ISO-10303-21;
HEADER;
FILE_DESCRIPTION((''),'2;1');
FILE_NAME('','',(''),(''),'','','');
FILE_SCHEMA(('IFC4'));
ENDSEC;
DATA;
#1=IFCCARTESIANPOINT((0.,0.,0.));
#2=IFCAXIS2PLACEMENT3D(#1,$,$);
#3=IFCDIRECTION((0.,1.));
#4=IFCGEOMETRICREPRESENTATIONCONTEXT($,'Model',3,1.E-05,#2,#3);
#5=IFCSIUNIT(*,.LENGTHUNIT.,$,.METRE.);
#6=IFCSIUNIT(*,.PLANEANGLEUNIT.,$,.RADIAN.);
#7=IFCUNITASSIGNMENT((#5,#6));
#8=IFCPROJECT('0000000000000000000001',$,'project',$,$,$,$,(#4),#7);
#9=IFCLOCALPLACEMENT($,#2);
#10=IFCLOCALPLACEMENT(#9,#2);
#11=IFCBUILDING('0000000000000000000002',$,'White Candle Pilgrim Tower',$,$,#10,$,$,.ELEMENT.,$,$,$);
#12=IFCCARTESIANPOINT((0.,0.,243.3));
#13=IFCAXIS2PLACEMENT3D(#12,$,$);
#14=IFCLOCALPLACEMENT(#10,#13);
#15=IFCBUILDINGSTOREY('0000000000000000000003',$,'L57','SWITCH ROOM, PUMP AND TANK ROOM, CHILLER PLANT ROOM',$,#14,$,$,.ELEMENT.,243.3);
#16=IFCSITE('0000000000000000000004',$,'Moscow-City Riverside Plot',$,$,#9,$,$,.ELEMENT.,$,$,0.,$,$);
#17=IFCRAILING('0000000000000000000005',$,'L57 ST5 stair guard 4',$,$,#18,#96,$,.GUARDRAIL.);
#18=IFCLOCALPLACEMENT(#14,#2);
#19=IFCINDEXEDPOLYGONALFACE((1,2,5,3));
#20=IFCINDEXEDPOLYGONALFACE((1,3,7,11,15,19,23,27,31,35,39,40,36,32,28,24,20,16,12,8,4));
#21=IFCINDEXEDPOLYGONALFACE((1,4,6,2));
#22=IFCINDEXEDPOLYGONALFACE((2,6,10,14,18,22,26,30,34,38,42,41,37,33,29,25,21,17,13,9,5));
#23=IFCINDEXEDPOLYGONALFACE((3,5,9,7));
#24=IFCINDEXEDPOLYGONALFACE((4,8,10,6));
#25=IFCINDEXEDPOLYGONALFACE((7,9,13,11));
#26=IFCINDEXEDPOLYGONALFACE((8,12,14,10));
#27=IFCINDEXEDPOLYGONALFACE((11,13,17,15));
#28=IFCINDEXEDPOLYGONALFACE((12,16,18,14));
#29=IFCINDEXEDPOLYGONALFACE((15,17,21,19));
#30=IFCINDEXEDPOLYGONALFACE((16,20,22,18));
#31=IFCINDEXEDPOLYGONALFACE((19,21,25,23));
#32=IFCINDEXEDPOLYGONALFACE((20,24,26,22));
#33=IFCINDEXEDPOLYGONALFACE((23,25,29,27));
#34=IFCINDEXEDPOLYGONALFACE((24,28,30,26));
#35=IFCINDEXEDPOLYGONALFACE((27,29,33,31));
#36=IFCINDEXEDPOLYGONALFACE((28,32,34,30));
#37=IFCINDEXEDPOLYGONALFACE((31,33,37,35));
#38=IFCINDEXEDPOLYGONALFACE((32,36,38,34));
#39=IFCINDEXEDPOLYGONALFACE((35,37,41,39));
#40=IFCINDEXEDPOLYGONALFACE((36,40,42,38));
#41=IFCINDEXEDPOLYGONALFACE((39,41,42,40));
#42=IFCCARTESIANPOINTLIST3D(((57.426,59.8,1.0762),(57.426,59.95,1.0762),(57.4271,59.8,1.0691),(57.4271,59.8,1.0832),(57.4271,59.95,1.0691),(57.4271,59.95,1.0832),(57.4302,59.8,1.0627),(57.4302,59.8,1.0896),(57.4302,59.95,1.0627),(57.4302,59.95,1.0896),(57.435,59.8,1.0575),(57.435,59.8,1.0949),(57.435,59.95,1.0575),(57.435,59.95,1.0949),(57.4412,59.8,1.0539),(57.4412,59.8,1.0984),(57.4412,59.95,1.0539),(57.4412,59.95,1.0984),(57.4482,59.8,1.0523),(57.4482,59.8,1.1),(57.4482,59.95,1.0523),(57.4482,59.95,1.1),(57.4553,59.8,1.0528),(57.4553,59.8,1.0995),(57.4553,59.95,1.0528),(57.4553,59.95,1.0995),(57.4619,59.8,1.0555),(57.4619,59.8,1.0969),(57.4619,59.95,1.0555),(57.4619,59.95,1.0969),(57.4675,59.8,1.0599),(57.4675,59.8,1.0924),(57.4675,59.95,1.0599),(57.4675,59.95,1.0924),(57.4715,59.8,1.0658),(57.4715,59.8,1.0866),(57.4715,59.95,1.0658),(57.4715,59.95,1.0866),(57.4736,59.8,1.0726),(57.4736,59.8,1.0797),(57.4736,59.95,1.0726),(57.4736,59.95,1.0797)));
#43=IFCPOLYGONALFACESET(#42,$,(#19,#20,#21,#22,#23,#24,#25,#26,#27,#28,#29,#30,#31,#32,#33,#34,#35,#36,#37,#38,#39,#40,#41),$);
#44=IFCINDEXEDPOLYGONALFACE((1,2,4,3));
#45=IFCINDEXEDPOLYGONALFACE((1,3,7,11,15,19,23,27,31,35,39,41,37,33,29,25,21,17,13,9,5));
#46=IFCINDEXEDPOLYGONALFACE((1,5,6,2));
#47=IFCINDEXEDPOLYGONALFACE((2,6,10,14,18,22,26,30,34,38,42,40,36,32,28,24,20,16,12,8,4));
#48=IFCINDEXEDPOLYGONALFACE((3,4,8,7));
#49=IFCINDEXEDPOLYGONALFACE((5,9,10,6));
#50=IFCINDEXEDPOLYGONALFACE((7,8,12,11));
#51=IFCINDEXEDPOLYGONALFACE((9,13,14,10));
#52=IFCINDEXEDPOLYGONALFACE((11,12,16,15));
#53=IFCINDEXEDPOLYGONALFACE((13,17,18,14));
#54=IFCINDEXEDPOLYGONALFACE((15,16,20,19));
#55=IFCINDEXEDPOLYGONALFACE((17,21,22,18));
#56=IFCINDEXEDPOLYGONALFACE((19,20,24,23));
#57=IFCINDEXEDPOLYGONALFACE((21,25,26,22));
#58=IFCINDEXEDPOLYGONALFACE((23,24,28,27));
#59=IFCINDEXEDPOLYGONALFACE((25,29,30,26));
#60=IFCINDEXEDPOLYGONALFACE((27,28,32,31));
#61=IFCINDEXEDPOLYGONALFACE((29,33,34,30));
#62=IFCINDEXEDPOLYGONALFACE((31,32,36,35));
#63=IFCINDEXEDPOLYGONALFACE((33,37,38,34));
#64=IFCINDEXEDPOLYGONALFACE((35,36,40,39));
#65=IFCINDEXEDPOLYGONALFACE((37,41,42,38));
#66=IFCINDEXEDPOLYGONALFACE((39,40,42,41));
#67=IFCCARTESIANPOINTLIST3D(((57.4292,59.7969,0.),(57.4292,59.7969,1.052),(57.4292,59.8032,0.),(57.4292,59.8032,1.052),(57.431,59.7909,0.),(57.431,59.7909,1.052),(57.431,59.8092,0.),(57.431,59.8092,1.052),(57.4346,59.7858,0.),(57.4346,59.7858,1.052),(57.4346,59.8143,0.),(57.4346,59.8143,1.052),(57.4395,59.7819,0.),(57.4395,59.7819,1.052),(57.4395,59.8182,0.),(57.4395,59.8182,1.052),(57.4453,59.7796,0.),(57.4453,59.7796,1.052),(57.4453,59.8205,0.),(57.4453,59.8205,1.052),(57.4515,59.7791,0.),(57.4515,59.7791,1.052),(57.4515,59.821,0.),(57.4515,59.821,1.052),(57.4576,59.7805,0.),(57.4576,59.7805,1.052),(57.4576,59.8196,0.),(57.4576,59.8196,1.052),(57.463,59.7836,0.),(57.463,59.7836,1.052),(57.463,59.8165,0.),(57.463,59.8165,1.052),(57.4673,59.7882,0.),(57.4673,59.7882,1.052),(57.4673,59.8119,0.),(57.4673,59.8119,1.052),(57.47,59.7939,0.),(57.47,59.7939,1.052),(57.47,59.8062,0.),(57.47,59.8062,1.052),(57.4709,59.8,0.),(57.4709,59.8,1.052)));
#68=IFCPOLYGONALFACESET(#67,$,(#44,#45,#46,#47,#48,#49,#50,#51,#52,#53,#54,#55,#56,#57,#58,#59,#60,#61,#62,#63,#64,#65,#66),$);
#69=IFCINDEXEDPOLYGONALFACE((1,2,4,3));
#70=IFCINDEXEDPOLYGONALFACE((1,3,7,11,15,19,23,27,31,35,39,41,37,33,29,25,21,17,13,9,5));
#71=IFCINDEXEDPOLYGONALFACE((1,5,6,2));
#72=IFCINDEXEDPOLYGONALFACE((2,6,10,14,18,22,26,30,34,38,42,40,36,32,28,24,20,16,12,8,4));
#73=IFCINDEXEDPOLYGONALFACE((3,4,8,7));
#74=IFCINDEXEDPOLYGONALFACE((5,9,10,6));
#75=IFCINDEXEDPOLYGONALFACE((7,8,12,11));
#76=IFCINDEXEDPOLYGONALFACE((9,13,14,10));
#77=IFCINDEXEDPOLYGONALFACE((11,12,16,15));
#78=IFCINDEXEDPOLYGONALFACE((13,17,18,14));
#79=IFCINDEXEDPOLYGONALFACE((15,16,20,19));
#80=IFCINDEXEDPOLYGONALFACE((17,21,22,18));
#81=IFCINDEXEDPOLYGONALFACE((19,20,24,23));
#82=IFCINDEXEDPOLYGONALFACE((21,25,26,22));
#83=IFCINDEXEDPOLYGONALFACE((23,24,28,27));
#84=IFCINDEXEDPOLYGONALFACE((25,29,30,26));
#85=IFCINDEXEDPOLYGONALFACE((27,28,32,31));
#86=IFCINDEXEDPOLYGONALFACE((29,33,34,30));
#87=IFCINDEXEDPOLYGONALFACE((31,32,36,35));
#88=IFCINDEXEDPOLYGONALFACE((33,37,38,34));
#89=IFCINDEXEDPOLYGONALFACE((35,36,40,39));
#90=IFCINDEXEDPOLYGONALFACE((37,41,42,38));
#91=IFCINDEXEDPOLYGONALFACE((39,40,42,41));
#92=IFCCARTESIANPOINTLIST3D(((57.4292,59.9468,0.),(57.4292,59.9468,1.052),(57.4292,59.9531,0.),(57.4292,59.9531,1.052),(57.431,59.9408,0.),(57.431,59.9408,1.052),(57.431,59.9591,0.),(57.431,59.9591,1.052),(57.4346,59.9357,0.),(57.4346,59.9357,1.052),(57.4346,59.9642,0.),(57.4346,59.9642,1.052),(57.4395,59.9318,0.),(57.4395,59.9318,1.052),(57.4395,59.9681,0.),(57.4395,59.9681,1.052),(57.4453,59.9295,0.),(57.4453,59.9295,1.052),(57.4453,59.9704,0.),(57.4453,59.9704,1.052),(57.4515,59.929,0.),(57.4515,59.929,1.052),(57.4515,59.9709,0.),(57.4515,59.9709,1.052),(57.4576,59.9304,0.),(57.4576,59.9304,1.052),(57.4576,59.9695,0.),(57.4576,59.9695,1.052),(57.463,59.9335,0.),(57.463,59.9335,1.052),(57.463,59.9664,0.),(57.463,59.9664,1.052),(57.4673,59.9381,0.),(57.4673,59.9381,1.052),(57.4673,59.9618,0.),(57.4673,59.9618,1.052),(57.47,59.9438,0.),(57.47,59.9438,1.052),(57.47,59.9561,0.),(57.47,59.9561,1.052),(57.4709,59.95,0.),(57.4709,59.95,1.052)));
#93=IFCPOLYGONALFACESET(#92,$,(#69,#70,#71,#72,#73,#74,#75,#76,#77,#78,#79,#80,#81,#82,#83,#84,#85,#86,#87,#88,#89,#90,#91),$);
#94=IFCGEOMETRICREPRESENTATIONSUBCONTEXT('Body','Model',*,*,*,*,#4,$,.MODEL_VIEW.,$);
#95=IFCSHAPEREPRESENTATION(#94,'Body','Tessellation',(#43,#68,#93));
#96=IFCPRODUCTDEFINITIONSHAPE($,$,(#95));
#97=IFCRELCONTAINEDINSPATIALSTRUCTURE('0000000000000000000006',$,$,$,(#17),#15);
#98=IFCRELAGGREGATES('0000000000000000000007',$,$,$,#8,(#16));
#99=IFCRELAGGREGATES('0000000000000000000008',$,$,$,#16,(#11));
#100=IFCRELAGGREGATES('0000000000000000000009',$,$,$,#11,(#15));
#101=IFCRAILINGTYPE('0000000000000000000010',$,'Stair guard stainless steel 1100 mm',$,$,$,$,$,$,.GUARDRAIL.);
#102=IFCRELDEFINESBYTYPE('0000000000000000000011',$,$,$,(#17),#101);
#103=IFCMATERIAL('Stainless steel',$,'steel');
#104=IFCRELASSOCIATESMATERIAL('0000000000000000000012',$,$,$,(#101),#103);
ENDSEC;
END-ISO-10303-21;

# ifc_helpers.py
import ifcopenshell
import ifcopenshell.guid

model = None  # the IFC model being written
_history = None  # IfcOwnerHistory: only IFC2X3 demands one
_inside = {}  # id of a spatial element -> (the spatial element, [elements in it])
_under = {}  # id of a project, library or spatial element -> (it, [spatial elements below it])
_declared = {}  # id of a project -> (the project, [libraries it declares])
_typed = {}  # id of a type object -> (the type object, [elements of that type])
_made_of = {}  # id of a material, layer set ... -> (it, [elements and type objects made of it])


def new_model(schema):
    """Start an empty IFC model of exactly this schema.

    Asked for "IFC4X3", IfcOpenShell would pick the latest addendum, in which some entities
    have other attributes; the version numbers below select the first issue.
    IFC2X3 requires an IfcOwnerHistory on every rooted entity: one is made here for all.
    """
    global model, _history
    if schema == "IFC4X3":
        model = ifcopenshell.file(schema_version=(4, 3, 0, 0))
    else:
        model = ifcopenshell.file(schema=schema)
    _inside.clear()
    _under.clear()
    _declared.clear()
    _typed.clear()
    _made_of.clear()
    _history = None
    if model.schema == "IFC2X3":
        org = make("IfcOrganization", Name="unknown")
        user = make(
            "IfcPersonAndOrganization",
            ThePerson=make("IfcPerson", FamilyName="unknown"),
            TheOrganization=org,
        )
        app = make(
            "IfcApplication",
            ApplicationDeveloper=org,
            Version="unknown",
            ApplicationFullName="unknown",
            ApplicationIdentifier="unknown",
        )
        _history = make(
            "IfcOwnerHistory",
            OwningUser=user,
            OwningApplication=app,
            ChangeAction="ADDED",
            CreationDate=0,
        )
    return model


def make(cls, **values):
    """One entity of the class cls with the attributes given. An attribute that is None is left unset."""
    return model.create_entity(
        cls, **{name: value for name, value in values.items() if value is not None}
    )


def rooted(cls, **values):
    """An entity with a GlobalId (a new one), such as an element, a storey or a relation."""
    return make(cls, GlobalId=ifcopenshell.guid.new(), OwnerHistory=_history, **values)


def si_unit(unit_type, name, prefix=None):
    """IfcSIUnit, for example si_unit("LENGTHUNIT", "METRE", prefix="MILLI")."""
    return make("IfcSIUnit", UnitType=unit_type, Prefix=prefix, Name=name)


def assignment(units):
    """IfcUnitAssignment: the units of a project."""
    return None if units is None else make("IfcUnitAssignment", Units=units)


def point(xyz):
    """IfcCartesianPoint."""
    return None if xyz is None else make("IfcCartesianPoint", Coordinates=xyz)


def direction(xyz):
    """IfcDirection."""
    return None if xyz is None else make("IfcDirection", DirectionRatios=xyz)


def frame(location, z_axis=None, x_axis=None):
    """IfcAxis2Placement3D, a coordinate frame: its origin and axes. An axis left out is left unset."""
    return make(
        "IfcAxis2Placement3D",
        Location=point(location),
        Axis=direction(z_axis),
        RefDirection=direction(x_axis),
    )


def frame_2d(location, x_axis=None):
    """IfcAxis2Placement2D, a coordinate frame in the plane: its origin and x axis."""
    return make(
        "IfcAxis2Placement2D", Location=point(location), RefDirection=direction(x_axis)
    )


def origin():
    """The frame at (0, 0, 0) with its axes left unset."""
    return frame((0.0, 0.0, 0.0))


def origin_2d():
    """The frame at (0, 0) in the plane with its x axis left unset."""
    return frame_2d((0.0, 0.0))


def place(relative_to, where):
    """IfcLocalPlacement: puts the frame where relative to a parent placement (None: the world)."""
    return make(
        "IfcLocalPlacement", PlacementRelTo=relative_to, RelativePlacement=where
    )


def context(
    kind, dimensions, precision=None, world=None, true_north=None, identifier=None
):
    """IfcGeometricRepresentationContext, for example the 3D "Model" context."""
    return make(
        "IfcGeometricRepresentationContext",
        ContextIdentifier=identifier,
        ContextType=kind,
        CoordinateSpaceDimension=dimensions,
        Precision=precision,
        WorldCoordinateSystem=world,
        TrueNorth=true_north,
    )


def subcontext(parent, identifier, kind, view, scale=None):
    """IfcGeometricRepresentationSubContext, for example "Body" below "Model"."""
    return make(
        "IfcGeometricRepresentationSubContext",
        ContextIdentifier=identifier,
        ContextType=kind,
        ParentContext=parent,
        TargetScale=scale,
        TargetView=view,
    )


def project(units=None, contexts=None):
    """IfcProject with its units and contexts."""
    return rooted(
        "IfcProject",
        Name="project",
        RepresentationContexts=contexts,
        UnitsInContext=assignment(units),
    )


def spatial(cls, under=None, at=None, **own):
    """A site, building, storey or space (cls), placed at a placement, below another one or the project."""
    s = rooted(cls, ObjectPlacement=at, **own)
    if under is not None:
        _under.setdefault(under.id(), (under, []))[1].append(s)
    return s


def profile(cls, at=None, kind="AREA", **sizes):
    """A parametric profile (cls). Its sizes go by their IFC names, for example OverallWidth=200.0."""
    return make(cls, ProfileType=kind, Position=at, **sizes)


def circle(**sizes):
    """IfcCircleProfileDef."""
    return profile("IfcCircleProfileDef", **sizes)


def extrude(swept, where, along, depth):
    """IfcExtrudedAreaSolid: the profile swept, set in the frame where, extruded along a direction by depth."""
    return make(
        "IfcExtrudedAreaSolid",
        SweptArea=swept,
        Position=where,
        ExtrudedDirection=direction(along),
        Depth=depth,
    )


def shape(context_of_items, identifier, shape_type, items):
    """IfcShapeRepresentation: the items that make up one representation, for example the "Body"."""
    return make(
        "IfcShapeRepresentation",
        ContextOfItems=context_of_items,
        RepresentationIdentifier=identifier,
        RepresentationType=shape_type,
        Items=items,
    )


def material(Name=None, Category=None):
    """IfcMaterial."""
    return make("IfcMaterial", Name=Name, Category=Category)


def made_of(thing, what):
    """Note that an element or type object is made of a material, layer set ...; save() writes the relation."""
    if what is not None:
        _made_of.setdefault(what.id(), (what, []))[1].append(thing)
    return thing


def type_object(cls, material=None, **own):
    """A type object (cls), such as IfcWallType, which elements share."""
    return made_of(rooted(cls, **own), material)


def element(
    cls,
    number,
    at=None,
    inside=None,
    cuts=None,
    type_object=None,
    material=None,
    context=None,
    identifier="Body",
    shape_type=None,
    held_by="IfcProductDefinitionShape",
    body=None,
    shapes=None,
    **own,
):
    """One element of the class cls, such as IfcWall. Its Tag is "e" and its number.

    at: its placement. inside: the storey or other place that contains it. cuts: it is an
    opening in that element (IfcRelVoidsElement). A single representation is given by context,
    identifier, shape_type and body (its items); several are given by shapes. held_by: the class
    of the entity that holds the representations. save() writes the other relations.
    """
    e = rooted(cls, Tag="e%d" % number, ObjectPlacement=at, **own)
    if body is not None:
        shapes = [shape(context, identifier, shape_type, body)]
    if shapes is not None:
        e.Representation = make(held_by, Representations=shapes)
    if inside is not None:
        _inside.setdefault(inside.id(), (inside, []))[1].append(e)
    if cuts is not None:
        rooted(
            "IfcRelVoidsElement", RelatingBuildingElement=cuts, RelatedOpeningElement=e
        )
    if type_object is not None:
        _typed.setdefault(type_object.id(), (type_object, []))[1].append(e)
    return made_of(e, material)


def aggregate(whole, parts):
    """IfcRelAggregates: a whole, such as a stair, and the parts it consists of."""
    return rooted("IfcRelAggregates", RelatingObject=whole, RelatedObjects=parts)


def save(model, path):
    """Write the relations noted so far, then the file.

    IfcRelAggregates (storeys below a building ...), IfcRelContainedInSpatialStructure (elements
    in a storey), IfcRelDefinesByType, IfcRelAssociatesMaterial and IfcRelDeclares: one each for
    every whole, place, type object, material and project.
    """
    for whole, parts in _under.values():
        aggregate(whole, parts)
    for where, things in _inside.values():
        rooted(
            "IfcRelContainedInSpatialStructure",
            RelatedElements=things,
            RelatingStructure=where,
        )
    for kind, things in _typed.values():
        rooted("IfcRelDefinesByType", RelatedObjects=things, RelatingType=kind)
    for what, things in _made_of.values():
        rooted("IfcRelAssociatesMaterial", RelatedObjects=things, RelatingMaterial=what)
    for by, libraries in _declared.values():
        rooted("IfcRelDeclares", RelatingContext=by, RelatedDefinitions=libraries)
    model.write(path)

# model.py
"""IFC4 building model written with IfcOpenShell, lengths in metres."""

from ifc_helpers import new_model, si_unit, direction, frame, origin, origin_2d, place, context, subcontext, project, spatial, circle, extrude, material, type_object, element, save


model = new_model("IFC4")

# Units and contexts
model_context = context("Model", 3, precision=1e-05, world=origin(), true_north=direction((0.0, 1.0)))
body_context = subcontext(model_context, "Body", "Model", "MODEL_VIEW")
ifc_project = project(units=[si_unit("LENGTHUNIT", "METRE"), si_unit("PLANEANGLEUNIT", "RADIAN")], contexts=[model_context])

# Site, building, storey
site_placement = place(None, origin())
site = spatial("IfcSite", under=ifc_project, at=site_placement, Name="Moscow-City Riverside Plot", CompositionType="ELEMENT", RefElevation=0.0)
building_placement = place(site_placement, origin())
building = spatial("IfcBuilding", under=site, at=building_placement, Name="White Candle Pilgrim Tower", CompositionType="ELEMENT")
storey_placement = place(building_placement, frame((0.0, 0.0, 243.3)))
storey = spatial("IfcBuildingStorey", under=building, at=storey_placement, Name="L57", Description="SWITCH ROOM, PUMP AND TANK ROOM, CHILLER PLANT ROOM", CompositionType="ELEMENT", Elevation=243.3)

# Railing
ifc_material_1 = material(Name="Stainless steel", Category="steel")
railing_type_1 = type_object("IfcRailingType", Name="Stair guard stainless steel 1100 mm", PredefinedType="GUARDRAIL", material=ifc_material_1)
railing_1_placement = place(storey_placement, frame((57.45, 59.8, 0.0)))
element("IfcRailing", 1, at=railing_1_placement, inside=storey, type_object=railing_type_1, Name="L57 ST5 stair guard 4", PredefinedType="GUARDRAIL", context=body_context, shape_type="SweptSolid", body=[
    extrude(circle(Radius=0.0239, at=origin_2d()), frame((0.0, 0.0, 1.0762), z_axis=(0.0, 1.0, 0.0), x_axis=(-1.0, 0.0, 0.0)), (0.0, 0.0, 1.0), 0.1499),
    extrude(circle(Radius=0.021, at=origin_2d()), origin(), (0.0, 0.0, 1.0), 1.052),
    extrude(circle(Radius=0.021, at=origin_2d()), frame((0.0, 0.1499, 0.0)), (0.0, 0.0, 1.0), 1.052),
])

save(model, "model.ifc")
